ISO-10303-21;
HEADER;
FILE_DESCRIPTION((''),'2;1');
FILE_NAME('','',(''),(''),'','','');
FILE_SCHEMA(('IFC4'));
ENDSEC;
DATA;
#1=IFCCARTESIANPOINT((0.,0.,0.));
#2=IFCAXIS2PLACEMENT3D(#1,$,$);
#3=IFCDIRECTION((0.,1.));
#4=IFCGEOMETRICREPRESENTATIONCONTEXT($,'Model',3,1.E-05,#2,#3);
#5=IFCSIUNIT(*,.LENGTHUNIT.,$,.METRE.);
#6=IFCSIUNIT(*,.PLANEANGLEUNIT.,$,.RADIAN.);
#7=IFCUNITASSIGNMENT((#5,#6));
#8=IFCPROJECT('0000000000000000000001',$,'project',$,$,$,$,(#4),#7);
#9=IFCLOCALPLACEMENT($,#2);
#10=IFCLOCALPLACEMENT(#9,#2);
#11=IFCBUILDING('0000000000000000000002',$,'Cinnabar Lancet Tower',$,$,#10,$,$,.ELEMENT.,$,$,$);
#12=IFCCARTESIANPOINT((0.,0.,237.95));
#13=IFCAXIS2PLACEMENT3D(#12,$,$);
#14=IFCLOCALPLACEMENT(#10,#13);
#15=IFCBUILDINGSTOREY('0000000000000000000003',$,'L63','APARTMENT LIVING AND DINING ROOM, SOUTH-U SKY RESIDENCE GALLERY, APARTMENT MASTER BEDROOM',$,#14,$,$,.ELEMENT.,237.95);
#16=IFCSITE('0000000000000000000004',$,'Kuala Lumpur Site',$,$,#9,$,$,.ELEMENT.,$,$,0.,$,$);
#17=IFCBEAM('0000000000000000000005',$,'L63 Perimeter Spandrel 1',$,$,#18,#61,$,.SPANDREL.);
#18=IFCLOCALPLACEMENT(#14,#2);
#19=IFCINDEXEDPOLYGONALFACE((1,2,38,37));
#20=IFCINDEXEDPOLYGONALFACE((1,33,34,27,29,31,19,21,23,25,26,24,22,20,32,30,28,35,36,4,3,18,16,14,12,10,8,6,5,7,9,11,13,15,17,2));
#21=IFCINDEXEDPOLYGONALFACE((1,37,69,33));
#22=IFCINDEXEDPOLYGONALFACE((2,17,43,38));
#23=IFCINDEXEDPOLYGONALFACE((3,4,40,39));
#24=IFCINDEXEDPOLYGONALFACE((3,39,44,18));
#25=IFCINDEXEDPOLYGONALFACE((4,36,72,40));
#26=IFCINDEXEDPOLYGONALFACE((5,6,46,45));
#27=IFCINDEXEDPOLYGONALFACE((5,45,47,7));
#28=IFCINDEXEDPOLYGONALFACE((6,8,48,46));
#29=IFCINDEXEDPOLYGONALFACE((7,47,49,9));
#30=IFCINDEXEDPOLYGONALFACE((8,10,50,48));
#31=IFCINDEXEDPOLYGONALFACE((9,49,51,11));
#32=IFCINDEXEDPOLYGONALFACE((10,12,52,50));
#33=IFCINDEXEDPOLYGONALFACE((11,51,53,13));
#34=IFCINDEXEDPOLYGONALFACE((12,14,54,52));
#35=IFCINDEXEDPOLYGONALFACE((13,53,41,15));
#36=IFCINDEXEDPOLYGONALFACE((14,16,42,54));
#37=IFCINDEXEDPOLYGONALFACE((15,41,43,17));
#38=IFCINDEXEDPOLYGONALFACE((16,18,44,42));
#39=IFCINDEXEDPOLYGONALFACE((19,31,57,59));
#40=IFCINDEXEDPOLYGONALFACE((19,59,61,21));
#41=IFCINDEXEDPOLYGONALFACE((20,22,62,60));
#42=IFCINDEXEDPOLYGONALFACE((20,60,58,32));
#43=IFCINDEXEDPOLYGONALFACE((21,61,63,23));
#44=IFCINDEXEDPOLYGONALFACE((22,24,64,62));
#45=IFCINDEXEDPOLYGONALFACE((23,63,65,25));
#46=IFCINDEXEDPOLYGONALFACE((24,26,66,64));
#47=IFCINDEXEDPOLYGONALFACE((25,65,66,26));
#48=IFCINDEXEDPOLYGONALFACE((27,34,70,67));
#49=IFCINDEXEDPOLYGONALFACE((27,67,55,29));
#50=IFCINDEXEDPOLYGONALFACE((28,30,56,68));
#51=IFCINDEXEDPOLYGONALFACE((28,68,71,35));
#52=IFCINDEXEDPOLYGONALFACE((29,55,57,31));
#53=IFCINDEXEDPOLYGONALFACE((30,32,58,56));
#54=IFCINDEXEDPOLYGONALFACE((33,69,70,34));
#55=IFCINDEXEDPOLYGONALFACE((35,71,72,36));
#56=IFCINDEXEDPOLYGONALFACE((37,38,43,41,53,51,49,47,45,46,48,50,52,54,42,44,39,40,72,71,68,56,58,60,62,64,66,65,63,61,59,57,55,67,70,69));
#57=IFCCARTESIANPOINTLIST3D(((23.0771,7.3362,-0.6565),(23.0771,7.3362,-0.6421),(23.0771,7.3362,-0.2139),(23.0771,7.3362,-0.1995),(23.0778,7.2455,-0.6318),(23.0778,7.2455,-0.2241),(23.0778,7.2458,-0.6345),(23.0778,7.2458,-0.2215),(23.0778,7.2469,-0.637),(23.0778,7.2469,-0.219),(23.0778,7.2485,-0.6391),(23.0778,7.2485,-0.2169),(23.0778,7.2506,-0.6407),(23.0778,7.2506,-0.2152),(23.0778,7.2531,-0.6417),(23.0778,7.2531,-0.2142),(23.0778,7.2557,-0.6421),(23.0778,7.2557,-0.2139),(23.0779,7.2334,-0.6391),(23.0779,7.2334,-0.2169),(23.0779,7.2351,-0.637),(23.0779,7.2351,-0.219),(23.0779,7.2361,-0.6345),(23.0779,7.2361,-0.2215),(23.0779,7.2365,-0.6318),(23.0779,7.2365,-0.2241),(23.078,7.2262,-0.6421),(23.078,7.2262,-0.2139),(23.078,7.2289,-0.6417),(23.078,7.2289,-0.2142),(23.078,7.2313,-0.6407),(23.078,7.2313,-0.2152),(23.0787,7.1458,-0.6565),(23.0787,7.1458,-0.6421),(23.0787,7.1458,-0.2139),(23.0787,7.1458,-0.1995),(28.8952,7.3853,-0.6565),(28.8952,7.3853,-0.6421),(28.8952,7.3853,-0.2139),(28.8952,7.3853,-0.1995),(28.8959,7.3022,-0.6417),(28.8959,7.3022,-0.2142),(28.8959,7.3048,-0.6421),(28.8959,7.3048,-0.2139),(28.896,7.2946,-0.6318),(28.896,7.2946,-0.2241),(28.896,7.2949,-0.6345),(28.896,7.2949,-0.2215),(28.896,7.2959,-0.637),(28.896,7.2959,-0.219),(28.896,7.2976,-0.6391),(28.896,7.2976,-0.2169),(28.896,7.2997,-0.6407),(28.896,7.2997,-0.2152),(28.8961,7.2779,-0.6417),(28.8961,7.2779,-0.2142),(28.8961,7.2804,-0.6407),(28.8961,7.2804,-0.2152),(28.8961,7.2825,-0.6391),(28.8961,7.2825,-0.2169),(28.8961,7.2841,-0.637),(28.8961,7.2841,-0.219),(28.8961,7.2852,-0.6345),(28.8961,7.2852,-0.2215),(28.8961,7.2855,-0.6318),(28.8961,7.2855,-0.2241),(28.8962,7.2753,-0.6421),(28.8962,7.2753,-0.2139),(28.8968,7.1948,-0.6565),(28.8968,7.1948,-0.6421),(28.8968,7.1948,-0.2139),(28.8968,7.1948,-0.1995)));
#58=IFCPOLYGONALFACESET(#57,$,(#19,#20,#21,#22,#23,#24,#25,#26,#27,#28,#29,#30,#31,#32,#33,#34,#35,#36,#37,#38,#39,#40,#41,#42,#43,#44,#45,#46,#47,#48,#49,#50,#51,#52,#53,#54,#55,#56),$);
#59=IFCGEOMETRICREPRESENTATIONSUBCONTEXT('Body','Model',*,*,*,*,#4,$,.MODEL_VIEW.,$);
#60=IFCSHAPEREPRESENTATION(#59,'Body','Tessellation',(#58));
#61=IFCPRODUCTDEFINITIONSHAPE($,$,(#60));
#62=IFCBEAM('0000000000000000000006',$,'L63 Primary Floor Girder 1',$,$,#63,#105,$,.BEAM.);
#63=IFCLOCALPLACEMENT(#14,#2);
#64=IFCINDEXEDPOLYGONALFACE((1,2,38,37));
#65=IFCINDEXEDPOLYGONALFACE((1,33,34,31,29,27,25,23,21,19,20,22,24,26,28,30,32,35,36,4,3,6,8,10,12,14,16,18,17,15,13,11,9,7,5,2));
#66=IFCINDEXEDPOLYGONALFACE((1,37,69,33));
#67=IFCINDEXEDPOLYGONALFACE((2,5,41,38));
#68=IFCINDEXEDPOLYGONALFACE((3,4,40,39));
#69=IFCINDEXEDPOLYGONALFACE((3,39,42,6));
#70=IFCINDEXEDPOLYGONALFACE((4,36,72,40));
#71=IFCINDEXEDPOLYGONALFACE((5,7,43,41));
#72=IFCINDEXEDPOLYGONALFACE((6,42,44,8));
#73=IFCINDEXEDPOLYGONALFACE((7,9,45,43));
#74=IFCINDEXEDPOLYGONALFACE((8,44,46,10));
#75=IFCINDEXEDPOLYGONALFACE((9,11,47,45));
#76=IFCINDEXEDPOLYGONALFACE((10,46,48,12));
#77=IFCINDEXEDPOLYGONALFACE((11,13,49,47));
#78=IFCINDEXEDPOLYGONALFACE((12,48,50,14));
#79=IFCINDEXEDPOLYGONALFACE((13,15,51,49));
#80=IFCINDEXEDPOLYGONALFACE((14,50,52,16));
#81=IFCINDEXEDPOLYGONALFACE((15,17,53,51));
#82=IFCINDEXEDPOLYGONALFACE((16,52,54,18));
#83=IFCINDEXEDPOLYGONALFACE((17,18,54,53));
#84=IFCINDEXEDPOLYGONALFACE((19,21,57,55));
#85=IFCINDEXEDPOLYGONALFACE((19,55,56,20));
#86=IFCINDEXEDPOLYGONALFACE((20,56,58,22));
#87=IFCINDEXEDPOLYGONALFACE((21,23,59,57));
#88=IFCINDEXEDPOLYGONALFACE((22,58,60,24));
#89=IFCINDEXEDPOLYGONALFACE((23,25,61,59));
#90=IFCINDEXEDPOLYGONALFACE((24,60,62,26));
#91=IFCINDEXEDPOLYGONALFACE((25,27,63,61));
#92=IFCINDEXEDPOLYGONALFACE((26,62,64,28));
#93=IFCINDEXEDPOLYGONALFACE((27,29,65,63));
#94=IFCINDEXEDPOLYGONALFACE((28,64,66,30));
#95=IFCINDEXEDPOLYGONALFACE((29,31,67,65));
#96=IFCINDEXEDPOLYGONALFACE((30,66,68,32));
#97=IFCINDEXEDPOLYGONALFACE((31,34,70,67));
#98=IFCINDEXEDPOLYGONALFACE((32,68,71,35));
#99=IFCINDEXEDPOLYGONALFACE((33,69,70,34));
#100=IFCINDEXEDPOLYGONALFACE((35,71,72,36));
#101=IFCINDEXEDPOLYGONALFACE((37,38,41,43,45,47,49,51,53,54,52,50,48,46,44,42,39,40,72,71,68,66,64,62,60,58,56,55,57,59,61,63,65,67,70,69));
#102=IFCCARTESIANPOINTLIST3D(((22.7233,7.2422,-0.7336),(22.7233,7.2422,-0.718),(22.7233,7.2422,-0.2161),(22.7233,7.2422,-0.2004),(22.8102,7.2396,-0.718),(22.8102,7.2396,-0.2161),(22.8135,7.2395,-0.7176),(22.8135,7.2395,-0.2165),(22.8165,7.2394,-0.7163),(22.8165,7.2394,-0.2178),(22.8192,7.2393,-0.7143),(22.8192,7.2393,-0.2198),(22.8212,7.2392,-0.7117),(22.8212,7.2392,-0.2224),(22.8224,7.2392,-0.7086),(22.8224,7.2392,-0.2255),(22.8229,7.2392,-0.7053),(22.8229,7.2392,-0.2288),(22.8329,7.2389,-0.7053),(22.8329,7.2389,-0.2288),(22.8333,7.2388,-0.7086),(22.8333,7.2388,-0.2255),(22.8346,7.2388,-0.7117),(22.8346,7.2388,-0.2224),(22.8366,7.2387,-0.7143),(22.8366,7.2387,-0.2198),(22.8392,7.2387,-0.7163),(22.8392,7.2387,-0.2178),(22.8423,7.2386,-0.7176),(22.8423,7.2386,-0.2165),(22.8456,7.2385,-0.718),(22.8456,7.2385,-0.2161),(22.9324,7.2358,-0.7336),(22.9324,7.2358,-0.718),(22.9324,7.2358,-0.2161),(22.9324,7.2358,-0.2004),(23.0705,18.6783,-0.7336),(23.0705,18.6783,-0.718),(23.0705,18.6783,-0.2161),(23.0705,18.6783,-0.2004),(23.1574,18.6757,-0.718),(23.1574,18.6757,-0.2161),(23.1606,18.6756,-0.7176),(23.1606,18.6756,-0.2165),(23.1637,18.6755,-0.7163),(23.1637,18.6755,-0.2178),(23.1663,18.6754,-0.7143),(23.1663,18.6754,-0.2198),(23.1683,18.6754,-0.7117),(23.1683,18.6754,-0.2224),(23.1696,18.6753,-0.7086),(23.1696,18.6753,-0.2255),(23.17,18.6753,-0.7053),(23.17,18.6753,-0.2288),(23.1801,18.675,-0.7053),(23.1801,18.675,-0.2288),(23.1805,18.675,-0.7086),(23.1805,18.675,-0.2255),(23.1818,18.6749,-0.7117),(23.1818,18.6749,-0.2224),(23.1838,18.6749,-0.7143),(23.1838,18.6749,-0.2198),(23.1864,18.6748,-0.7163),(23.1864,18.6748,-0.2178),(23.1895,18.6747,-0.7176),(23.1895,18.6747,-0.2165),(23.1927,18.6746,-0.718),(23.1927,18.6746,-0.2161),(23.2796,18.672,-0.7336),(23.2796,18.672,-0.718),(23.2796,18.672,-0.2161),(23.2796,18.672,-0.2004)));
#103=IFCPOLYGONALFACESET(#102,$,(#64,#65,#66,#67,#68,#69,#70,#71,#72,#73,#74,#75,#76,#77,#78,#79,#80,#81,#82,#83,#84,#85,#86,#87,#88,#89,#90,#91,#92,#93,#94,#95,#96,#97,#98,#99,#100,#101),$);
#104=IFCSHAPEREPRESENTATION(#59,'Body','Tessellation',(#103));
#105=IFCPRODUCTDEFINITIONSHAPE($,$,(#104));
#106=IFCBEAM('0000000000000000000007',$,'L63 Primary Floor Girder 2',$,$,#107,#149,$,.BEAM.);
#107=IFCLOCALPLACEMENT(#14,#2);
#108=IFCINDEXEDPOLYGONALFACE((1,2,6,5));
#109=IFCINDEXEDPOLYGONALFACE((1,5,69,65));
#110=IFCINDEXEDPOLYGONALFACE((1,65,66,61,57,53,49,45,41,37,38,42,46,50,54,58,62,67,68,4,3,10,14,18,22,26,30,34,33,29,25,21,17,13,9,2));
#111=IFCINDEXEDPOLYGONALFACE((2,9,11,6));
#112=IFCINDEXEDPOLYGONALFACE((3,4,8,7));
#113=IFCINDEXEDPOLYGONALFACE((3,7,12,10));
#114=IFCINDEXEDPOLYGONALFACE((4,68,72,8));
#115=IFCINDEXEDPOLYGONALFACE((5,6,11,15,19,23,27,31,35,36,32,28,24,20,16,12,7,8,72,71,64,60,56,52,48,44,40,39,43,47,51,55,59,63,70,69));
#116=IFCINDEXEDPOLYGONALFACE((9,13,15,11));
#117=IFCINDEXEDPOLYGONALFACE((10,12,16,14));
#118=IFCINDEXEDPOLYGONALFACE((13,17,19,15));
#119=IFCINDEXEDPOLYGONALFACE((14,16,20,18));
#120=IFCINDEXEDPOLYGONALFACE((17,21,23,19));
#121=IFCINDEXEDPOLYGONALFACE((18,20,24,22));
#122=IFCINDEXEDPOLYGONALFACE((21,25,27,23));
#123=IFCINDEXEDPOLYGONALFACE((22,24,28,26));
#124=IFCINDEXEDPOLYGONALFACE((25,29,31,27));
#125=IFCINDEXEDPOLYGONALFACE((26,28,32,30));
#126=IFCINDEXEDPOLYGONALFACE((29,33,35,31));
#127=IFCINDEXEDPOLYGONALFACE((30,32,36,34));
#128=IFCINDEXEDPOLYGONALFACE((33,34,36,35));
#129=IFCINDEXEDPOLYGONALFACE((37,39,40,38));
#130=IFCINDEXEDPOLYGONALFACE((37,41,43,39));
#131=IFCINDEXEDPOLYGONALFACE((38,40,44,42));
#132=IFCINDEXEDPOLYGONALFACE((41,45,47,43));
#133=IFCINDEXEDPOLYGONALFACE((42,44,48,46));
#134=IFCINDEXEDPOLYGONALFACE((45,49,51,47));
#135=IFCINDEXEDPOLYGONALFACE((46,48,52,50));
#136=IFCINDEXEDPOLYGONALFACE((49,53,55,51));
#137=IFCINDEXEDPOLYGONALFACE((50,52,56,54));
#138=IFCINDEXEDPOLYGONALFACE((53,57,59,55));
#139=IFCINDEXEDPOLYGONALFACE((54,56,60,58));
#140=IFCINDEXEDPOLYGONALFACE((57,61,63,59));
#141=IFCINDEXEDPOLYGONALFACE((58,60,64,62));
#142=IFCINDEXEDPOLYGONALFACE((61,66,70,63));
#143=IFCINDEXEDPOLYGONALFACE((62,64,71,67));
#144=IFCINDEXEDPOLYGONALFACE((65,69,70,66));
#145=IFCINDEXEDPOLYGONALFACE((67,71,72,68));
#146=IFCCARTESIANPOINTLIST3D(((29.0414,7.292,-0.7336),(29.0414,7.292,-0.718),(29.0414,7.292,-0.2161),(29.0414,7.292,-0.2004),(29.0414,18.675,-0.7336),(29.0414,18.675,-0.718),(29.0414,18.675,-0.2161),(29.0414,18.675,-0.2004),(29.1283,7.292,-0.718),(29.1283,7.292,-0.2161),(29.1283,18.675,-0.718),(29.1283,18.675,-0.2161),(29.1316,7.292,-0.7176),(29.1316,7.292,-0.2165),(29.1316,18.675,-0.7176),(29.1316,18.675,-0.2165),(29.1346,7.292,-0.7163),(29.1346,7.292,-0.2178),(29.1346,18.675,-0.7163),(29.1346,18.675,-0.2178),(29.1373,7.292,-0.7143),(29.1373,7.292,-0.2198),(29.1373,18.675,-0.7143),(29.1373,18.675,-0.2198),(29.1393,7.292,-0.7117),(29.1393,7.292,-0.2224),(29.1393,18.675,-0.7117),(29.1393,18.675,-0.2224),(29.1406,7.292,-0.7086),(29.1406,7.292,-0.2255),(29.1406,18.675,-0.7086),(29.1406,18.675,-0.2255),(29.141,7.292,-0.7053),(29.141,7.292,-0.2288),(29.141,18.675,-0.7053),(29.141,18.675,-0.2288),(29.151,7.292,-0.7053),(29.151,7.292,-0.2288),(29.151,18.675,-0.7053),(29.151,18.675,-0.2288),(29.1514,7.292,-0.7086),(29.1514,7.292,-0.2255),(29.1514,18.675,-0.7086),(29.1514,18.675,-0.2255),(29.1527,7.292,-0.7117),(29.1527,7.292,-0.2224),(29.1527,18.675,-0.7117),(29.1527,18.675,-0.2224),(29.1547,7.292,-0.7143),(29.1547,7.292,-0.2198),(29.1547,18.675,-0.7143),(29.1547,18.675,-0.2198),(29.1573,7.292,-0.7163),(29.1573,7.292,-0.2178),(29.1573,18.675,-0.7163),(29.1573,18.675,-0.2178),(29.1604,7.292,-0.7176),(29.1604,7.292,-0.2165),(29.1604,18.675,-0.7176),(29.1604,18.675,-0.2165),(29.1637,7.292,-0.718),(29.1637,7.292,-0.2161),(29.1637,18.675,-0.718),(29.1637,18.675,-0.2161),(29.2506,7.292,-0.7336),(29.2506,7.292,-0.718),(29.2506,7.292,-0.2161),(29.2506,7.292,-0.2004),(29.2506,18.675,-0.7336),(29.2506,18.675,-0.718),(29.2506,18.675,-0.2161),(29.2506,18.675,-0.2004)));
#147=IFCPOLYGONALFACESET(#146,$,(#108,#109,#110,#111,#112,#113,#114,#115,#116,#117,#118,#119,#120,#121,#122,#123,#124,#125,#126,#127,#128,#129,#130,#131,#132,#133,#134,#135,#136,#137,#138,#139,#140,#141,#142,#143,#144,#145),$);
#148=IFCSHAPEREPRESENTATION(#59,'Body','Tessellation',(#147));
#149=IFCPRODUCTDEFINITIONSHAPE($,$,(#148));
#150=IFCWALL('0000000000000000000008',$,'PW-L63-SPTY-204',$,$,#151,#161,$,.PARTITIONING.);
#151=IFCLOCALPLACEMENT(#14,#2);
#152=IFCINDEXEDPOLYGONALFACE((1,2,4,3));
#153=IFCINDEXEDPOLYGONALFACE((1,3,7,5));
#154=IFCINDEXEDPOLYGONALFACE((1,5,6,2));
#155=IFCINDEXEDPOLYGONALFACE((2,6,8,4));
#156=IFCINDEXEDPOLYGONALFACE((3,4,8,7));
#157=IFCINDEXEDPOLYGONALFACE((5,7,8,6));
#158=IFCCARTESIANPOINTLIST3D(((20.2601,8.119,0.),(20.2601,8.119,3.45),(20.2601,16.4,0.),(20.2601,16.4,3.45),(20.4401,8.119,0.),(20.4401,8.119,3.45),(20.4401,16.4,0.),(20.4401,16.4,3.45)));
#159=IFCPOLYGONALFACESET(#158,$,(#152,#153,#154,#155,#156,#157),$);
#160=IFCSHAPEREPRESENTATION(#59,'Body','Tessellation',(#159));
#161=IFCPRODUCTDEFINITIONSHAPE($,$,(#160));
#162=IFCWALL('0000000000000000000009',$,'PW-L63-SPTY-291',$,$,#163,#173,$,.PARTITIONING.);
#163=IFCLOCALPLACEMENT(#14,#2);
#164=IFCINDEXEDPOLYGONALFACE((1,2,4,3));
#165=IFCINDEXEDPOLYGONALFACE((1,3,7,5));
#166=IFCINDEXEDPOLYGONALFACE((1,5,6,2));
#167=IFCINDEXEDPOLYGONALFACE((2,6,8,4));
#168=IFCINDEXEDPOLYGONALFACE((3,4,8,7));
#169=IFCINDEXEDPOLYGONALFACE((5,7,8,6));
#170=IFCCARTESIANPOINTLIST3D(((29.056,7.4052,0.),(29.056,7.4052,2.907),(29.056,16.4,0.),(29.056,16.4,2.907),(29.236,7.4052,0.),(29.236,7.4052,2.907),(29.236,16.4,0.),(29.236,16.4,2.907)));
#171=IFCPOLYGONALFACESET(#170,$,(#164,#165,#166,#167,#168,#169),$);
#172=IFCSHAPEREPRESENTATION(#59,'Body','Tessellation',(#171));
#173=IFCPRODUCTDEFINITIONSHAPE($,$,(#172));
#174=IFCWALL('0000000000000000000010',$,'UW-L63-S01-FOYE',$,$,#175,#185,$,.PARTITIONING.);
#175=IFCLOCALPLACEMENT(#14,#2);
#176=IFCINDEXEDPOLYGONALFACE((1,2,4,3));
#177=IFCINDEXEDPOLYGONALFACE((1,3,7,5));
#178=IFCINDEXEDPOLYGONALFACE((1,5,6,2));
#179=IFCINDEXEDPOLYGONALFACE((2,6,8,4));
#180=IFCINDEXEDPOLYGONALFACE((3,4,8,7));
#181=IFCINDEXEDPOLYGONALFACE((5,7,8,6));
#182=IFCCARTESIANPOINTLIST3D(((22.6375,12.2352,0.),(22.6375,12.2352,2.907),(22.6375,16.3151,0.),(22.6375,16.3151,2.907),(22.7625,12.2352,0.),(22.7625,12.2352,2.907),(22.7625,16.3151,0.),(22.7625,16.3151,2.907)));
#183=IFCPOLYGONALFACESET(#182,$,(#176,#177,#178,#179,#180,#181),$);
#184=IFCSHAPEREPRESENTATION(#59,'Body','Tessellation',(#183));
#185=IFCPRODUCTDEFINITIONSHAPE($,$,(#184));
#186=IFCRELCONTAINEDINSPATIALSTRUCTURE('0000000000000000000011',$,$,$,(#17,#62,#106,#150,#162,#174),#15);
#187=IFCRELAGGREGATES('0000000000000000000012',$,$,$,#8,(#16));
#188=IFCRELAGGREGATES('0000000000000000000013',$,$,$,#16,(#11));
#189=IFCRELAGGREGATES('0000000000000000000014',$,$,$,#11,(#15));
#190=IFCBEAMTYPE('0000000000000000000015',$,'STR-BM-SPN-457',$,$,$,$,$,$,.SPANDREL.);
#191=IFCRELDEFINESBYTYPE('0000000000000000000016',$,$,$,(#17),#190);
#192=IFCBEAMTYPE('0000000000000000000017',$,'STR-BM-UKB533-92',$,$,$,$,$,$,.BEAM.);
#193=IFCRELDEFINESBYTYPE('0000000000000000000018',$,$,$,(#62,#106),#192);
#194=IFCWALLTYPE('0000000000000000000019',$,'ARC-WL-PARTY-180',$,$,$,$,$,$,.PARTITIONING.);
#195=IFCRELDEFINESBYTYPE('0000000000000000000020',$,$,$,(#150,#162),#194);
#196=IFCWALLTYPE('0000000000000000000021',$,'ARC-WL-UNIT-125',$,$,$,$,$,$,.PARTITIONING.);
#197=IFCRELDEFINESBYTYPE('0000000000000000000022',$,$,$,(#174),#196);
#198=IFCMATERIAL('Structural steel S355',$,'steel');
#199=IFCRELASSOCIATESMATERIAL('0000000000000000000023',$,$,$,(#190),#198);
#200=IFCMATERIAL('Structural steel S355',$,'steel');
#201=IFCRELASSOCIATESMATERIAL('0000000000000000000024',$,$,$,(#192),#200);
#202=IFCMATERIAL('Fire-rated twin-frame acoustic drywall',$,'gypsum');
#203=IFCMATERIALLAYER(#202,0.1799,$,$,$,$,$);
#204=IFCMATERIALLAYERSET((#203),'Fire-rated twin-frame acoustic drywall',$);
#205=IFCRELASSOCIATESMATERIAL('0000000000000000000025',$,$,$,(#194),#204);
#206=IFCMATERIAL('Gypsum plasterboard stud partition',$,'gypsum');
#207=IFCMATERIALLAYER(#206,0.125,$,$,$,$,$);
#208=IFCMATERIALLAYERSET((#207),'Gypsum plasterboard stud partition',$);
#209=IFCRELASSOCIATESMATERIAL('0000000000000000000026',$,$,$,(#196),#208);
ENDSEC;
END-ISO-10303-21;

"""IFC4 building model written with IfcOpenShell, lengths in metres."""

from ifc_helpers import new_model, si_unit, direction, frame, frame_2d, origin, origin_2d, place, context, subcontext, project, spatial, rectangle, i_section, extrude, material, layer, layer_set, material_profile, profile_set, type_object, element, save


model = new_model("IFC4")

# Units and contexts
model_context = context("Model", 3, precision=1e-05, world=origin(), true_north=direction((0.0, 1.0)))
body_context = subcontext(model_context, "Body", "Model", "MODEL_VIEW")
ifc_project = project(units=[si_unit("LENGTHUNIT", "METRE"), si_unit("PLANEANGLEUNIT", "RADIAN")], contexts=[model_context])

# Site, building, storey
site_placement = place(None, origin())
site = spatial("IfcSite", under=ifc_project, at=site_placement, Name="Kuala Lumpur Site", CompositionType="ELEMENT", RefElevation=0.0)
building_placement = place(site_placement, origin())
building = spatial("IfcBuilding", under=site, at=building_placement, Name="Cinnabar Lancet Tower", CompositionType="ELEMENT")
storey_placement = place(building_placement, frame((0.0, 0.0, 237.95)))
storey = spatial("IfcBuildingStorey", under=building, at=storey_placement, Name="L63", Description="APARTMENT LIVING AND DINING ROOM, SOUTH-U SKY RESIDENCE GALLERY, APARTMENT MASTER BEDROOM", CompositionType="ELEMENT", Elevation=237.95)

# Beams
ifc_material_1 = material(Name="Structural steel S355", Category="steel")
ifc_material_profile_1 = material_profile(ifc_material_1, i_section(OverallWidth=0.1904, OverallDepth=0.457, WebThickness=0.009, FlangeThickness=0.0144, FilletRadius=0.0103, at=origin_2d()), Name="UKB 457x191x74")
ifc_profile_set_1 = profile_set([ifc_material_profile_1], Name="Structural steel S355")
beam_type_1 = type_object("IfcBeamType", Name="STR-BM-SPN-457", PredefinedType="SPANDREL", material=ifc_profile_set_1)
beam_1_placement = place(storey_placement, frame((23.0779, 7.241, -0.428), z_axis=(0.999964, 0.008434, 0.0), x_axis=(-0.008434, 0.999964, 0.0)))
element("IfcBeam", 1, at=beam_1_placement, inside=storey, type_object=beam_type_1, Name="L63 Perimeter Spandrel 1", PredefinedType="SPANDREL", context=body_context, shape_type="SweptSolid", body=[
    extrude(i_section(OverallWidth=0.1904, OverallDepth=0.457, WebThickness=0.009, FlangeThickness=0.0144, FilletRadius=0.0103, at=origin_2d()), origin(), (0.0, 0.0, 1.0), 5.8184),
])
ifc_material_2 = material(Name="Structural steel S355", Category="steel")
ifc_material_profile_2 = material_profile(ifc_material_2, i_section(OverallWidth=0.2092, OverallDepth=0.5332, WebThickness=0.01, FlangeThickness=0.0156, FilletRadius=0.0127, at=origin_2d()), Name="UKB 533x210x92")
ifc_profile_set_2 = profile_set([ifc_material_profile_2], Name="Structural steel S355")
beam_type_2 = type_object("IfcBeamType", Name="STR-BM-UKB533-92", PredefinedType="BEAM", material=ifc_profile_set_2)
beam_2_placement = place(storey_placement, frame((22.8279, 7.239, -0.467), z_axis=(0.030343, 0.99954, 0.0), x_axis=(-0.99954, 0.030343, 0.0)))
element("IfcBeam", 2, at=beam_2_placement, inside=storey, type_object=beam_type_2, Name="L63 Primary Floor Girder 1", PredefinedType="BEAM", context=body_context, shape_type="SweptSolid", body=[
    extrude(i_section(OverallWidth=0.2092, OverallDepth=0.5332, WebThickness=0.01, FlangeThickness=0.0156, FilletRadius=0.0127, at=origin_2d()), origin(), (0.0, 0.0, 1.0), 11.4414),
])
beam_3_placement = place(storey_placement, frame((29.146, 7.292, -0.467), z_axis=(0.0, 1.0, 0.0), x_axis=(-1.0, 0.0, 0.0)))
element("IfcBeam", 3, at=beam_3_placement, inside=storey, type_object=beam_type_2, Name="L63 Primary Floor Girder 2", PredefinedType="BEAM", context=body_context, shape_type="SweptSolid", body=[
    extrude(i_section(OverallWidth=0.2092, OverallDepth=0.5332, WebThickness=0.01, FlangeThickness=0.0156, FilletRadius=0.0127, at=origin_2d()), origin(), (0.0, 0.0, 1.0), 11.3831),
])

# Walls
ifc_material_3 = material(Name="Fire-rated twin-frame acoustic drywall", Category="gypsum")
ifc_layer_1 = layer(ifc_material_3, 0.1799)
ifc_layer_set_1 = layer_set([ifc_layer_1], Name="Fire-rated twin-frame acoustic drywall")
wall_type_1 = type_object("IfcWallType", Name="ARC-WL-PARTY-180", PredefinedType="PARTITIONING", material=ifc_layer_set_1)
wall_1_placement = place(storey_placement, frame((20.3501, 8.1189, 0.0), z_axis=(0.0, 0.0, 1.0), x_axis=(0.0, 1.0, 0.0)))
element("IfcWall", 4, at=wall_1_placement, inside=storey, type_object=wall_type_1, Name="PW-L63-SPTY-204", PredefinedType="PARTITIONING", context=body_context, shape_type="SweptSolid", body=[
    extrude(rectangle(XDim=8.281, YDim=0.1799, at=frame_2d((4.1406, 0.0))), origin(), (0.0, 0.0, 1.0), 3.45),
])
wall_2_placement = place(storey_placement, frame((29.146, 7.405, 0.0), z_axis=(0.0, 0.0, 1.0), x_axis=(0.0, 1.0, 0.0)))
element("IfcWall", 5, at=wall_2_placement, inside=storey, type_object=wall_type_1, Name="PW-L63-SPTY-291", PredefinedType="PARTITIONING", context=body_context, shape_type="SweptSolid", body=[
    extrude(rectangle(XDim=8.9949, YDim=0.1799, at=frame_2d((4.4976, 0.0))), origin(), (0.0, 0.0, 1.0), 2.907),
])
ifc_material_4 = material(Name="Gypsum plasterboard stud partition", Category="gypsum")
ifc_layer_2 = layer(ifc_material_4, 0.125)
ifc_layer_set_2 = layer_set([ifc_layer_2], Name="Gypsum plasterboard stud partition")
wall_type_2 = type_object("IfcWallType", Name="ARC-WL-UNIT-125", PredefinedType="PARTITIONING", material=ifc_layer_set_2)
wall_3_placement = place(storey_placement, frame((22.7, 12.2351, 0.0), z_axis=(0.0, 0.0, 1.0), x_axis=(0.0, 1.0, 0.0)))
element("IfcWall", 6, at=wall_3_placement, inside=storey, type_object=wall_type_2, Name="UW-L63-S01-FOYE", PredefinedType="PARTITIONING", context=body_context, shape_type="SweptSolid", body=[
    extrude(rectangle(XDim=4.0798, YDim=0.125, at=frame_2d((2.04, 0.0))), origin(), (0.0, 0.0, 1.0), 2.907),
])

save(model, "model.ifc")
